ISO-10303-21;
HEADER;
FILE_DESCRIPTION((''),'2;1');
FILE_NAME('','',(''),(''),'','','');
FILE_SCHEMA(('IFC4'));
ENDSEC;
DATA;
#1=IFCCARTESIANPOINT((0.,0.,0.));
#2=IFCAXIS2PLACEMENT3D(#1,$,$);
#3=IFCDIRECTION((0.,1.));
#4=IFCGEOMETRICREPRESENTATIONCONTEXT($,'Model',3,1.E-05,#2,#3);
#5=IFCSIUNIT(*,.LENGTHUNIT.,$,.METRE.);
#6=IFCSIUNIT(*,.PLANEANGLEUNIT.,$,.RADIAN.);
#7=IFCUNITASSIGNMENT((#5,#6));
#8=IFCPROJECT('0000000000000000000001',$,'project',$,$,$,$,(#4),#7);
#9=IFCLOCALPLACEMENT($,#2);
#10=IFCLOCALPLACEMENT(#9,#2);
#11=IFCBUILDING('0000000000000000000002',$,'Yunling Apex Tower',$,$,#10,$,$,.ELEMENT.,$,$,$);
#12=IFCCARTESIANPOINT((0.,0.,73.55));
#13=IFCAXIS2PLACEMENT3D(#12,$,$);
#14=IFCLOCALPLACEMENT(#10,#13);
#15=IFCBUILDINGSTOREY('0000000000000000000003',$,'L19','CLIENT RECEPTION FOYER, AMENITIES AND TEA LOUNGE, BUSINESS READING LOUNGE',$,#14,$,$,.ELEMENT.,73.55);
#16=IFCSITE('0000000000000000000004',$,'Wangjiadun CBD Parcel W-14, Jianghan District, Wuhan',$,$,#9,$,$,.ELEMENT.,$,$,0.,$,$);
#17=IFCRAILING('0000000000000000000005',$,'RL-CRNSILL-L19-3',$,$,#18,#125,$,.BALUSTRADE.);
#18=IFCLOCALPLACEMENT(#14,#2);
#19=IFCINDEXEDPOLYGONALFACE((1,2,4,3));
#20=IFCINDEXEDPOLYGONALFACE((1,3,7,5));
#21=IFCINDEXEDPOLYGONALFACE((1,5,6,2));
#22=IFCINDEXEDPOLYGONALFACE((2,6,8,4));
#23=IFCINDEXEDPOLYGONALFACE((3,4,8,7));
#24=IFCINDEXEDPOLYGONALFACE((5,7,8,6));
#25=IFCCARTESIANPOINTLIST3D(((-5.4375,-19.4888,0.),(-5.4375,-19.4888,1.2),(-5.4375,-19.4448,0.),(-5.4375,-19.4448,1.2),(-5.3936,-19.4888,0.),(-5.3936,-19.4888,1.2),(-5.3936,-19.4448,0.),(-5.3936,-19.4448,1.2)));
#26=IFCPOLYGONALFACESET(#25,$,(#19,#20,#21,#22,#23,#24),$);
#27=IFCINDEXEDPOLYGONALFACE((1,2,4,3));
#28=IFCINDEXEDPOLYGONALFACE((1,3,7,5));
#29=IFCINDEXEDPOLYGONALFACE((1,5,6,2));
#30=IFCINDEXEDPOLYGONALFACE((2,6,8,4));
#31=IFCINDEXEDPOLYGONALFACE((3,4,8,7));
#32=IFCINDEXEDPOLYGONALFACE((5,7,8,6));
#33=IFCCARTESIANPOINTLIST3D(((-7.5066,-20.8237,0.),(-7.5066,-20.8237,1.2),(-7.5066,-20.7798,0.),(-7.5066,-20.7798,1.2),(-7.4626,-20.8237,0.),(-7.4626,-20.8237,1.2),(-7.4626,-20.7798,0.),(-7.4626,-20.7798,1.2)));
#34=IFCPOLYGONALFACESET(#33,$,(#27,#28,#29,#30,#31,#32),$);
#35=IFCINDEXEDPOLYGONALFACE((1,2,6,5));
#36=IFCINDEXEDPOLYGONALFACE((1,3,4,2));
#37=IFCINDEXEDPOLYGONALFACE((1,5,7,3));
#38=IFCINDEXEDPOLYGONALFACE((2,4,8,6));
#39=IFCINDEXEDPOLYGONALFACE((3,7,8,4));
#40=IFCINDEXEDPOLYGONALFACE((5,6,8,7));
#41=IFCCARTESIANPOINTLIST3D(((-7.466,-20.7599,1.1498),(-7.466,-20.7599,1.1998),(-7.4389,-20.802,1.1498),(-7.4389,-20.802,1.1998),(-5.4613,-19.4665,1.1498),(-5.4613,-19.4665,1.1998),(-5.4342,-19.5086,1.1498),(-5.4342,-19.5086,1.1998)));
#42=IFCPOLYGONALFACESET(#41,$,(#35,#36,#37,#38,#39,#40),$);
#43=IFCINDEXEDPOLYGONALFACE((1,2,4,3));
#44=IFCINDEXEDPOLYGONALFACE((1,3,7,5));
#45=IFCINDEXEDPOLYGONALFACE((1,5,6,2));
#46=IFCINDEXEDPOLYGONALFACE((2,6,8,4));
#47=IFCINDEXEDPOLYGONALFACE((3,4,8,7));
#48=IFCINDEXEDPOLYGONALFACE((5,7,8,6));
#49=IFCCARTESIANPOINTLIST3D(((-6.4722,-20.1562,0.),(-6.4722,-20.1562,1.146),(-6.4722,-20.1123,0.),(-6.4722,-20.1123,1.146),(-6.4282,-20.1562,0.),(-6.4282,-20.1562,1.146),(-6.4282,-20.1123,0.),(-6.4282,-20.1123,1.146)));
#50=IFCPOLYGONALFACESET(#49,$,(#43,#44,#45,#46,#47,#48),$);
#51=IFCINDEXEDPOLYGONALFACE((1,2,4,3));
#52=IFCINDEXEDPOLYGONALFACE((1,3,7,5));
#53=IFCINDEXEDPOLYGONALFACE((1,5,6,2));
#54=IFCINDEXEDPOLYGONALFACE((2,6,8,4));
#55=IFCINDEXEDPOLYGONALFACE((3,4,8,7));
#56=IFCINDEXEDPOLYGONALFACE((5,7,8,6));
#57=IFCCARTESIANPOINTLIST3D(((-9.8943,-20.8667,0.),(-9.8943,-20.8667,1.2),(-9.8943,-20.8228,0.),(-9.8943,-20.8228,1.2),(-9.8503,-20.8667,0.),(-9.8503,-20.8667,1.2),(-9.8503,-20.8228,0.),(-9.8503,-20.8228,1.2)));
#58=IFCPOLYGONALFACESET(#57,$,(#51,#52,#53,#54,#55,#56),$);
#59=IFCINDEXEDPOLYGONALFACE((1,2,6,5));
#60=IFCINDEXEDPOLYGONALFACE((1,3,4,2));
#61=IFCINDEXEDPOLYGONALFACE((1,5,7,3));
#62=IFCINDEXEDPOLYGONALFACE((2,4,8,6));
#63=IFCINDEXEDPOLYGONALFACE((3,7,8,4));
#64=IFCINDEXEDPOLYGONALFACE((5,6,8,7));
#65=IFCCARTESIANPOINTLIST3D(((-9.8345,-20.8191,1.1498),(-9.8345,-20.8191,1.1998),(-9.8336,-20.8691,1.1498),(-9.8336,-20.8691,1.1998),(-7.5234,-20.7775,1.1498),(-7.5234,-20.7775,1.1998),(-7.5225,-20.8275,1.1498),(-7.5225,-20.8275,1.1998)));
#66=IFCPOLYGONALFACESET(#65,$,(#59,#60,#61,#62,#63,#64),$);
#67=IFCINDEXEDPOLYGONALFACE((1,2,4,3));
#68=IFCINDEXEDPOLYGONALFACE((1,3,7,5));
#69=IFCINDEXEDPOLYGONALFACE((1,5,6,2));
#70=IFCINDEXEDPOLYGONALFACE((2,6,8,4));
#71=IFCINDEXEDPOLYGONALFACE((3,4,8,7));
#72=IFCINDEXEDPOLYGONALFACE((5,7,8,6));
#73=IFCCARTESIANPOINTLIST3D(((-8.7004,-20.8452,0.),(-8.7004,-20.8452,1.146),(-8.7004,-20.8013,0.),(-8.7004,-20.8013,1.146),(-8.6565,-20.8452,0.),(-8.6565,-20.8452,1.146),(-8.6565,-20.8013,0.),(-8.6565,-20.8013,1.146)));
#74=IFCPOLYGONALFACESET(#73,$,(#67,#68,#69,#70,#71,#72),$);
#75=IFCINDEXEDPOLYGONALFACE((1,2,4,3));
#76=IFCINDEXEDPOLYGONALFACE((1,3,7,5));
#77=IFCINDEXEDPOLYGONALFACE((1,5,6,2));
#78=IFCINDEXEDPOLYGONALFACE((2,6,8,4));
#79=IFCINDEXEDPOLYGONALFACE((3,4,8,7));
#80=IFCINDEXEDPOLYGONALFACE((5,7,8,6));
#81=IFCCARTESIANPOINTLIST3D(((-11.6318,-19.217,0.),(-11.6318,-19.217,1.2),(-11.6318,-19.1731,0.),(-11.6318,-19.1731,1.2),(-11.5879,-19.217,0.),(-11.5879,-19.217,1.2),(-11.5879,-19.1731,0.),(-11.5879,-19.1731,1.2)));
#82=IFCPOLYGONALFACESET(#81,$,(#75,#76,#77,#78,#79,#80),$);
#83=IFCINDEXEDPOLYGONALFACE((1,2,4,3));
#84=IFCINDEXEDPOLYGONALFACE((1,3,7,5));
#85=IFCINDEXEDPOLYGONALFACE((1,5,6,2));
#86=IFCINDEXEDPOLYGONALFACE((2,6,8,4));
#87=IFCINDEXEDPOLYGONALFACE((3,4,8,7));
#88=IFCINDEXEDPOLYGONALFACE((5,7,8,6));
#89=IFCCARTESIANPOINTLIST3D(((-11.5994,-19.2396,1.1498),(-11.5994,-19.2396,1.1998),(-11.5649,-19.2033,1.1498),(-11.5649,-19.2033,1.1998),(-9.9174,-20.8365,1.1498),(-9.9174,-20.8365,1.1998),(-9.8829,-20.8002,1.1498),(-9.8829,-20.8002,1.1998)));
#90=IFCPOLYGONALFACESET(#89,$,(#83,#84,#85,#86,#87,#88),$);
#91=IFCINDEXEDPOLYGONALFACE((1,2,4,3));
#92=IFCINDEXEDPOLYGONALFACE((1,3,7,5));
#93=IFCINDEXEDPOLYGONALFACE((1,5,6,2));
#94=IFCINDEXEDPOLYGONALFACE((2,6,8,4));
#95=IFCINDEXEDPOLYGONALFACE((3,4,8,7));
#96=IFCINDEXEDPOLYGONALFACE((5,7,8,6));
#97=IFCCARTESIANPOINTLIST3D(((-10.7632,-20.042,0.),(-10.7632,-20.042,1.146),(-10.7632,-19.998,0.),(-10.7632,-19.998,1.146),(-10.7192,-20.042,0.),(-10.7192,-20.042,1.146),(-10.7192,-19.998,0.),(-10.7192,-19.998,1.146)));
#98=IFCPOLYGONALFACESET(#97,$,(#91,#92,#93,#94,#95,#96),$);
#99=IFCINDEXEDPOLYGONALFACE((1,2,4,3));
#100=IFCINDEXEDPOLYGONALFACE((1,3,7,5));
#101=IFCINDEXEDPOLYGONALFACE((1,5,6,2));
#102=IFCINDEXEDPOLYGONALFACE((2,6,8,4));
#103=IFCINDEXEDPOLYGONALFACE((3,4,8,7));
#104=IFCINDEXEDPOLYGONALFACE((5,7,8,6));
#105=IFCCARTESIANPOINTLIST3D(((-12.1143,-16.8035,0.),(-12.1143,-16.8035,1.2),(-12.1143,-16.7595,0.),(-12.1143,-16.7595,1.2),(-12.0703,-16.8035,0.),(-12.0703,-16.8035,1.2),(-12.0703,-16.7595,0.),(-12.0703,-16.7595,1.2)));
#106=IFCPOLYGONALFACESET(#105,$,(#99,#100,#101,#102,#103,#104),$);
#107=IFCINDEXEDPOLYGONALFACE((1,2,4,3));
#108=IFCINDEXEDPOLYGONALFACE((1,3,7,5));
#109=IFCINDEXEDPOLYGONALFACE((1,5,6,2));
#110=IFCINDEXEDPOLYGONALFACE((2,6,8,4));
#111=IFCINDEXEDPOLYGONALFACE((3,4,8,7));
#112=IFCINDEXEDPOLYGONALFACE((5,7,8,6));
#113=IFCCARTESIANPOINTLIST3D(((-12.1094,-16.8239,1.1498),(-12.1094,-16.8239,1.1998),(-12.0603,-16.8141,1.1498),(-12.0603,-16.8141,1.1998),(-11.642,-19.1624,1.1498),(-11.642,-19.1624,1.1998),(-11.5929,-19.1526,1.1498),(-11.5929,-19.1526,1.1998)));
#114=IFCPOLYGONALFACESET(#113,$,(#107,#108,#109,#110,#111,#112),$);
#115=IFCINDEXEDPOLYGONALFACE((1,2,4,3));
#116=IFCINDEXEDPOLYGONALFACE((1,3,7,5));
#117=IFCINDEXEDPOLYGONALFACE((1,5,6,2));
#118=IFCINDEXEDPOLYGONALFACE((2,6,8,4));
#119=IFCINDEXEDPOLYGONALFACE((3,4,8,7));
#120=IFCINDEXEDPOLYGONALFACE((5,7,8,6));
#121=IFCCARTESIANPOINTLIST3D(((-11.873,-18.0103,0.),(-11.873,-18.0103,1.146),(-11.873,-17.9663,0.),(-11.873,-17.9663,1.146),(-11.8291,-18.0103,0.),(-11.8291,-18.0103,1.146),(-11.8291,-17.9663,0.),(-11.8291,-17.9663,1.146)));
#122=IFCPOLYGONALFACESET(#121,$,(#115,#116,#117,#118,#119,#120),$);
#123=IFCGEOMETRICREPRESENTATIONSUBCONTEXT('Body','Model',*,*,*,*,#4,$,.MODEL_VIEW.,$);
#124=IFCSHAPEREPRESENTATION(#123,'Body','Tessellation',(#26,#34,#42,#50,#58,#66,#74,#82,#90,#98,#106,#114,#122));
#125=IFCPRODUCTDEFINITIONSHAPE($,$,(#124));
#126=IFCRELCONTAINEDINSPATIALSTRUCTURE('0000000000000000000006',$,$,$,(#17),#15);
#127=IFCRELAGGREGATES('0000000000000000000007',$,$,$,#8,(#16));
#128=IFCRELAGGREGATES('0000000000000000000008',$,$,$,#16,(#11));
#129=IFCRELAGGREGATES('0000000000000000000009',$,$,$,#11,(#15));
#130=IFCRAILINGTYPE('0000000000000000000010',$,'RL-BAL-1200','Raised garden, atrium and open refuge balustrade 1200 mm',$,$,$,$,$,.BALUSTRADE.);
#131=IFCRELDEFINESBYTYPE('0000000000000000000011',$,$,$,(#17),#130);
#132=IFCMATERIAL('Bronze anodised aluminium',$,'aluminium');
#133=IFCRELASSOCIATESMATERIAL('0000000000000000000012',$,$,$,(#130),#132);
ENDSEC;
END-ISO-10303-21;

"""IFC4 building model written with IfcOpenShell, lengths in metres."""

from ifc_helpers import new_model, si_unit, direction, frame, origin, origin_2d, place, context, subcontext, project, spatial, rectangle, extrude, material, type_object, element, save


model = new_model("IFC4")

# Units and contexts
model_context = context("Model", 3, precision=1e-05, world=origin(), true_north=direction((0.0, 1.0)))
body_context = subcontext(model_context, "Body", "Model", "MODEL_VIEW")
ifc_project = project(units=[si_unit("LENGTHUNIT", "METRE"), si_unit("PLANEANGLEUNIT", "RADIAN")], contexts=[model_context])

# Site, building, storey
site_placement = place(None, origin())
site = spatial("IfcSite", under=ifc_project, at=site_placement, Name="Wangjiadun CBD Parcel W-14, Jianghan District, Wuhan", CompositionType="ELEMENT", RefElevation=0.0)
building_placement = place(site_placement, origin())
building = spatial("IfcBuilding", under=site, at=building_placement, Name="Yunling Apex Tower", CompositionType="ELEMENT")
storey_placement = place(building_placement, frame((0.0, 0.0, 73.55)))
storey = spatial("IfcBuildingStorey", under=building, at=storey_placement, Name="L19", Description="CLIENT RECEPTION FOYER, AMENITIES AND TEA LOUNGE, BUSINESS READING LOUNGE", CompositionType="ELEMENT", Elevation=73.55)

# Shared definitions
ifc_material_1 = material(Name="Bronze anodised aluminium", Category="aluminium")

# Railing
railing_type = type_object("IfcRailingType", Name="RL-BAL-1200", Description="Raised garden, atrium and open refuge balustrade 1200 mm", PredefinedType="BALUSTRADE", material=ifc_material_1)
railing_placement = place(storey_placement, frame((-5.4155, -19.4668, 0.0)))
element("IfcRailing", 1, at=railing_placement, inside=storey, type_object=railing_type, Name="RL-CRNSILL-L19-3", PredefinedType="BALUSTRADE", context=body_context, shape_type="SweptSolid", body=[
    extrude(rectangle(XDim=0.0439, YDim=0.0439, at=origin_2d()), origin(), (0.0, 0.0, 1.0), 1.2),
    extrude(rectangle(XDim=0.0439, YDim=0.0439, at=origin_2d()), frame((-2.0691, -1.335, 0.0)), (0.0, 0.0, 1.0), 1.2),
    extrude(rectangle(XDim=0.05, YDim=0.05, at=origin_2d()), frame((-0.0322, -0.0208, 1.1748), z_axis=(-0.840285, -0.542145, 0.0), x_axis=(0.542145, -0.840285, 0.0)), (0.0, 0.0, 1.0), 2.3857),
    extrude(rectangle(XDim=0.0439, YDim=0.0439, at=origin_2d()), frame((-1.0347, -0.6675, 0.0)), (0.0, 0.0, 1.0), 1.146),
    extrude(rectangle(XDim=0.0439, YDim=0.0439, at=origin_2d()), frame((-4.4568, -1.3779, 0.0)), (0.0, 0.0, 1.0), 1.2),
    extrude(rectangle(XDim=0.05, YDim=0.05, at=origin_2d()), frame((-2.1074, -1.3357, 1.1748), z_axis=(-0.999838, -0.017993, 0.0), x_axis=(0.017993, -0.999838, 0.0)), (0.0, 0.0, 1.0), 2.3115),
    extrude(rectangle(XDim=0.0439, YDim=0.0439, at=origin_2d()), frame((-3.2629, -1.3564, 0.0)), (0.0, 0.0, 1.0), 1.146),
    extrude(rectangle(XDim=0.0439, YDim=0.0439, at=origin_2d()), frame((-6.1943, 0.2717, 0.0)), (0.0, 0.0, 1.0), 1.2),
    extrude(rectangle(XDim=0.05, YDim=0.05, at=origin_2d()), frame((-4.4846, -1.3516, 1.1748), z_axis=(-0.725211, 0.688527, 0.0), x_axis=(-0.688527, -0.725211, 0.0)), (0.0, 0.0, 1.0), 2.3193),
    extrude(rectangle(XDim=0.0439, YDim=0.0439, at=origin_2d()), frame((-5.3257, -0.5532, 0.0)), (0.0, 0.0, 1.0), 1.146),
    extrude(rectangle(XDim=0.0439, YDim=0.0439, at=origin_2d()), frame((-6.6768, 2.6853, 0.0)), (0.0, 0.0, 1.0), 1.2),
    extrude(rectangle(XDim=0.05, YDim=0.05, at=origin_2d()), frame((-6.2019, 0.3093, 1.1748), z_axis=(-0.196002, 0.980604, 0.0), x_axis=(-0.980604, -0.196002, 0.0)), (0.0, 0.0, 1.0), 2.3848),
    extrude(rectangle(XDim=0.0439, YDim=0.0439, at=origin_2d()), frame((-6.4355, 1.4785, 0.0)), (0.0, 0.0, 1.0), 1.146),
])

save(model, "model.ifc")
